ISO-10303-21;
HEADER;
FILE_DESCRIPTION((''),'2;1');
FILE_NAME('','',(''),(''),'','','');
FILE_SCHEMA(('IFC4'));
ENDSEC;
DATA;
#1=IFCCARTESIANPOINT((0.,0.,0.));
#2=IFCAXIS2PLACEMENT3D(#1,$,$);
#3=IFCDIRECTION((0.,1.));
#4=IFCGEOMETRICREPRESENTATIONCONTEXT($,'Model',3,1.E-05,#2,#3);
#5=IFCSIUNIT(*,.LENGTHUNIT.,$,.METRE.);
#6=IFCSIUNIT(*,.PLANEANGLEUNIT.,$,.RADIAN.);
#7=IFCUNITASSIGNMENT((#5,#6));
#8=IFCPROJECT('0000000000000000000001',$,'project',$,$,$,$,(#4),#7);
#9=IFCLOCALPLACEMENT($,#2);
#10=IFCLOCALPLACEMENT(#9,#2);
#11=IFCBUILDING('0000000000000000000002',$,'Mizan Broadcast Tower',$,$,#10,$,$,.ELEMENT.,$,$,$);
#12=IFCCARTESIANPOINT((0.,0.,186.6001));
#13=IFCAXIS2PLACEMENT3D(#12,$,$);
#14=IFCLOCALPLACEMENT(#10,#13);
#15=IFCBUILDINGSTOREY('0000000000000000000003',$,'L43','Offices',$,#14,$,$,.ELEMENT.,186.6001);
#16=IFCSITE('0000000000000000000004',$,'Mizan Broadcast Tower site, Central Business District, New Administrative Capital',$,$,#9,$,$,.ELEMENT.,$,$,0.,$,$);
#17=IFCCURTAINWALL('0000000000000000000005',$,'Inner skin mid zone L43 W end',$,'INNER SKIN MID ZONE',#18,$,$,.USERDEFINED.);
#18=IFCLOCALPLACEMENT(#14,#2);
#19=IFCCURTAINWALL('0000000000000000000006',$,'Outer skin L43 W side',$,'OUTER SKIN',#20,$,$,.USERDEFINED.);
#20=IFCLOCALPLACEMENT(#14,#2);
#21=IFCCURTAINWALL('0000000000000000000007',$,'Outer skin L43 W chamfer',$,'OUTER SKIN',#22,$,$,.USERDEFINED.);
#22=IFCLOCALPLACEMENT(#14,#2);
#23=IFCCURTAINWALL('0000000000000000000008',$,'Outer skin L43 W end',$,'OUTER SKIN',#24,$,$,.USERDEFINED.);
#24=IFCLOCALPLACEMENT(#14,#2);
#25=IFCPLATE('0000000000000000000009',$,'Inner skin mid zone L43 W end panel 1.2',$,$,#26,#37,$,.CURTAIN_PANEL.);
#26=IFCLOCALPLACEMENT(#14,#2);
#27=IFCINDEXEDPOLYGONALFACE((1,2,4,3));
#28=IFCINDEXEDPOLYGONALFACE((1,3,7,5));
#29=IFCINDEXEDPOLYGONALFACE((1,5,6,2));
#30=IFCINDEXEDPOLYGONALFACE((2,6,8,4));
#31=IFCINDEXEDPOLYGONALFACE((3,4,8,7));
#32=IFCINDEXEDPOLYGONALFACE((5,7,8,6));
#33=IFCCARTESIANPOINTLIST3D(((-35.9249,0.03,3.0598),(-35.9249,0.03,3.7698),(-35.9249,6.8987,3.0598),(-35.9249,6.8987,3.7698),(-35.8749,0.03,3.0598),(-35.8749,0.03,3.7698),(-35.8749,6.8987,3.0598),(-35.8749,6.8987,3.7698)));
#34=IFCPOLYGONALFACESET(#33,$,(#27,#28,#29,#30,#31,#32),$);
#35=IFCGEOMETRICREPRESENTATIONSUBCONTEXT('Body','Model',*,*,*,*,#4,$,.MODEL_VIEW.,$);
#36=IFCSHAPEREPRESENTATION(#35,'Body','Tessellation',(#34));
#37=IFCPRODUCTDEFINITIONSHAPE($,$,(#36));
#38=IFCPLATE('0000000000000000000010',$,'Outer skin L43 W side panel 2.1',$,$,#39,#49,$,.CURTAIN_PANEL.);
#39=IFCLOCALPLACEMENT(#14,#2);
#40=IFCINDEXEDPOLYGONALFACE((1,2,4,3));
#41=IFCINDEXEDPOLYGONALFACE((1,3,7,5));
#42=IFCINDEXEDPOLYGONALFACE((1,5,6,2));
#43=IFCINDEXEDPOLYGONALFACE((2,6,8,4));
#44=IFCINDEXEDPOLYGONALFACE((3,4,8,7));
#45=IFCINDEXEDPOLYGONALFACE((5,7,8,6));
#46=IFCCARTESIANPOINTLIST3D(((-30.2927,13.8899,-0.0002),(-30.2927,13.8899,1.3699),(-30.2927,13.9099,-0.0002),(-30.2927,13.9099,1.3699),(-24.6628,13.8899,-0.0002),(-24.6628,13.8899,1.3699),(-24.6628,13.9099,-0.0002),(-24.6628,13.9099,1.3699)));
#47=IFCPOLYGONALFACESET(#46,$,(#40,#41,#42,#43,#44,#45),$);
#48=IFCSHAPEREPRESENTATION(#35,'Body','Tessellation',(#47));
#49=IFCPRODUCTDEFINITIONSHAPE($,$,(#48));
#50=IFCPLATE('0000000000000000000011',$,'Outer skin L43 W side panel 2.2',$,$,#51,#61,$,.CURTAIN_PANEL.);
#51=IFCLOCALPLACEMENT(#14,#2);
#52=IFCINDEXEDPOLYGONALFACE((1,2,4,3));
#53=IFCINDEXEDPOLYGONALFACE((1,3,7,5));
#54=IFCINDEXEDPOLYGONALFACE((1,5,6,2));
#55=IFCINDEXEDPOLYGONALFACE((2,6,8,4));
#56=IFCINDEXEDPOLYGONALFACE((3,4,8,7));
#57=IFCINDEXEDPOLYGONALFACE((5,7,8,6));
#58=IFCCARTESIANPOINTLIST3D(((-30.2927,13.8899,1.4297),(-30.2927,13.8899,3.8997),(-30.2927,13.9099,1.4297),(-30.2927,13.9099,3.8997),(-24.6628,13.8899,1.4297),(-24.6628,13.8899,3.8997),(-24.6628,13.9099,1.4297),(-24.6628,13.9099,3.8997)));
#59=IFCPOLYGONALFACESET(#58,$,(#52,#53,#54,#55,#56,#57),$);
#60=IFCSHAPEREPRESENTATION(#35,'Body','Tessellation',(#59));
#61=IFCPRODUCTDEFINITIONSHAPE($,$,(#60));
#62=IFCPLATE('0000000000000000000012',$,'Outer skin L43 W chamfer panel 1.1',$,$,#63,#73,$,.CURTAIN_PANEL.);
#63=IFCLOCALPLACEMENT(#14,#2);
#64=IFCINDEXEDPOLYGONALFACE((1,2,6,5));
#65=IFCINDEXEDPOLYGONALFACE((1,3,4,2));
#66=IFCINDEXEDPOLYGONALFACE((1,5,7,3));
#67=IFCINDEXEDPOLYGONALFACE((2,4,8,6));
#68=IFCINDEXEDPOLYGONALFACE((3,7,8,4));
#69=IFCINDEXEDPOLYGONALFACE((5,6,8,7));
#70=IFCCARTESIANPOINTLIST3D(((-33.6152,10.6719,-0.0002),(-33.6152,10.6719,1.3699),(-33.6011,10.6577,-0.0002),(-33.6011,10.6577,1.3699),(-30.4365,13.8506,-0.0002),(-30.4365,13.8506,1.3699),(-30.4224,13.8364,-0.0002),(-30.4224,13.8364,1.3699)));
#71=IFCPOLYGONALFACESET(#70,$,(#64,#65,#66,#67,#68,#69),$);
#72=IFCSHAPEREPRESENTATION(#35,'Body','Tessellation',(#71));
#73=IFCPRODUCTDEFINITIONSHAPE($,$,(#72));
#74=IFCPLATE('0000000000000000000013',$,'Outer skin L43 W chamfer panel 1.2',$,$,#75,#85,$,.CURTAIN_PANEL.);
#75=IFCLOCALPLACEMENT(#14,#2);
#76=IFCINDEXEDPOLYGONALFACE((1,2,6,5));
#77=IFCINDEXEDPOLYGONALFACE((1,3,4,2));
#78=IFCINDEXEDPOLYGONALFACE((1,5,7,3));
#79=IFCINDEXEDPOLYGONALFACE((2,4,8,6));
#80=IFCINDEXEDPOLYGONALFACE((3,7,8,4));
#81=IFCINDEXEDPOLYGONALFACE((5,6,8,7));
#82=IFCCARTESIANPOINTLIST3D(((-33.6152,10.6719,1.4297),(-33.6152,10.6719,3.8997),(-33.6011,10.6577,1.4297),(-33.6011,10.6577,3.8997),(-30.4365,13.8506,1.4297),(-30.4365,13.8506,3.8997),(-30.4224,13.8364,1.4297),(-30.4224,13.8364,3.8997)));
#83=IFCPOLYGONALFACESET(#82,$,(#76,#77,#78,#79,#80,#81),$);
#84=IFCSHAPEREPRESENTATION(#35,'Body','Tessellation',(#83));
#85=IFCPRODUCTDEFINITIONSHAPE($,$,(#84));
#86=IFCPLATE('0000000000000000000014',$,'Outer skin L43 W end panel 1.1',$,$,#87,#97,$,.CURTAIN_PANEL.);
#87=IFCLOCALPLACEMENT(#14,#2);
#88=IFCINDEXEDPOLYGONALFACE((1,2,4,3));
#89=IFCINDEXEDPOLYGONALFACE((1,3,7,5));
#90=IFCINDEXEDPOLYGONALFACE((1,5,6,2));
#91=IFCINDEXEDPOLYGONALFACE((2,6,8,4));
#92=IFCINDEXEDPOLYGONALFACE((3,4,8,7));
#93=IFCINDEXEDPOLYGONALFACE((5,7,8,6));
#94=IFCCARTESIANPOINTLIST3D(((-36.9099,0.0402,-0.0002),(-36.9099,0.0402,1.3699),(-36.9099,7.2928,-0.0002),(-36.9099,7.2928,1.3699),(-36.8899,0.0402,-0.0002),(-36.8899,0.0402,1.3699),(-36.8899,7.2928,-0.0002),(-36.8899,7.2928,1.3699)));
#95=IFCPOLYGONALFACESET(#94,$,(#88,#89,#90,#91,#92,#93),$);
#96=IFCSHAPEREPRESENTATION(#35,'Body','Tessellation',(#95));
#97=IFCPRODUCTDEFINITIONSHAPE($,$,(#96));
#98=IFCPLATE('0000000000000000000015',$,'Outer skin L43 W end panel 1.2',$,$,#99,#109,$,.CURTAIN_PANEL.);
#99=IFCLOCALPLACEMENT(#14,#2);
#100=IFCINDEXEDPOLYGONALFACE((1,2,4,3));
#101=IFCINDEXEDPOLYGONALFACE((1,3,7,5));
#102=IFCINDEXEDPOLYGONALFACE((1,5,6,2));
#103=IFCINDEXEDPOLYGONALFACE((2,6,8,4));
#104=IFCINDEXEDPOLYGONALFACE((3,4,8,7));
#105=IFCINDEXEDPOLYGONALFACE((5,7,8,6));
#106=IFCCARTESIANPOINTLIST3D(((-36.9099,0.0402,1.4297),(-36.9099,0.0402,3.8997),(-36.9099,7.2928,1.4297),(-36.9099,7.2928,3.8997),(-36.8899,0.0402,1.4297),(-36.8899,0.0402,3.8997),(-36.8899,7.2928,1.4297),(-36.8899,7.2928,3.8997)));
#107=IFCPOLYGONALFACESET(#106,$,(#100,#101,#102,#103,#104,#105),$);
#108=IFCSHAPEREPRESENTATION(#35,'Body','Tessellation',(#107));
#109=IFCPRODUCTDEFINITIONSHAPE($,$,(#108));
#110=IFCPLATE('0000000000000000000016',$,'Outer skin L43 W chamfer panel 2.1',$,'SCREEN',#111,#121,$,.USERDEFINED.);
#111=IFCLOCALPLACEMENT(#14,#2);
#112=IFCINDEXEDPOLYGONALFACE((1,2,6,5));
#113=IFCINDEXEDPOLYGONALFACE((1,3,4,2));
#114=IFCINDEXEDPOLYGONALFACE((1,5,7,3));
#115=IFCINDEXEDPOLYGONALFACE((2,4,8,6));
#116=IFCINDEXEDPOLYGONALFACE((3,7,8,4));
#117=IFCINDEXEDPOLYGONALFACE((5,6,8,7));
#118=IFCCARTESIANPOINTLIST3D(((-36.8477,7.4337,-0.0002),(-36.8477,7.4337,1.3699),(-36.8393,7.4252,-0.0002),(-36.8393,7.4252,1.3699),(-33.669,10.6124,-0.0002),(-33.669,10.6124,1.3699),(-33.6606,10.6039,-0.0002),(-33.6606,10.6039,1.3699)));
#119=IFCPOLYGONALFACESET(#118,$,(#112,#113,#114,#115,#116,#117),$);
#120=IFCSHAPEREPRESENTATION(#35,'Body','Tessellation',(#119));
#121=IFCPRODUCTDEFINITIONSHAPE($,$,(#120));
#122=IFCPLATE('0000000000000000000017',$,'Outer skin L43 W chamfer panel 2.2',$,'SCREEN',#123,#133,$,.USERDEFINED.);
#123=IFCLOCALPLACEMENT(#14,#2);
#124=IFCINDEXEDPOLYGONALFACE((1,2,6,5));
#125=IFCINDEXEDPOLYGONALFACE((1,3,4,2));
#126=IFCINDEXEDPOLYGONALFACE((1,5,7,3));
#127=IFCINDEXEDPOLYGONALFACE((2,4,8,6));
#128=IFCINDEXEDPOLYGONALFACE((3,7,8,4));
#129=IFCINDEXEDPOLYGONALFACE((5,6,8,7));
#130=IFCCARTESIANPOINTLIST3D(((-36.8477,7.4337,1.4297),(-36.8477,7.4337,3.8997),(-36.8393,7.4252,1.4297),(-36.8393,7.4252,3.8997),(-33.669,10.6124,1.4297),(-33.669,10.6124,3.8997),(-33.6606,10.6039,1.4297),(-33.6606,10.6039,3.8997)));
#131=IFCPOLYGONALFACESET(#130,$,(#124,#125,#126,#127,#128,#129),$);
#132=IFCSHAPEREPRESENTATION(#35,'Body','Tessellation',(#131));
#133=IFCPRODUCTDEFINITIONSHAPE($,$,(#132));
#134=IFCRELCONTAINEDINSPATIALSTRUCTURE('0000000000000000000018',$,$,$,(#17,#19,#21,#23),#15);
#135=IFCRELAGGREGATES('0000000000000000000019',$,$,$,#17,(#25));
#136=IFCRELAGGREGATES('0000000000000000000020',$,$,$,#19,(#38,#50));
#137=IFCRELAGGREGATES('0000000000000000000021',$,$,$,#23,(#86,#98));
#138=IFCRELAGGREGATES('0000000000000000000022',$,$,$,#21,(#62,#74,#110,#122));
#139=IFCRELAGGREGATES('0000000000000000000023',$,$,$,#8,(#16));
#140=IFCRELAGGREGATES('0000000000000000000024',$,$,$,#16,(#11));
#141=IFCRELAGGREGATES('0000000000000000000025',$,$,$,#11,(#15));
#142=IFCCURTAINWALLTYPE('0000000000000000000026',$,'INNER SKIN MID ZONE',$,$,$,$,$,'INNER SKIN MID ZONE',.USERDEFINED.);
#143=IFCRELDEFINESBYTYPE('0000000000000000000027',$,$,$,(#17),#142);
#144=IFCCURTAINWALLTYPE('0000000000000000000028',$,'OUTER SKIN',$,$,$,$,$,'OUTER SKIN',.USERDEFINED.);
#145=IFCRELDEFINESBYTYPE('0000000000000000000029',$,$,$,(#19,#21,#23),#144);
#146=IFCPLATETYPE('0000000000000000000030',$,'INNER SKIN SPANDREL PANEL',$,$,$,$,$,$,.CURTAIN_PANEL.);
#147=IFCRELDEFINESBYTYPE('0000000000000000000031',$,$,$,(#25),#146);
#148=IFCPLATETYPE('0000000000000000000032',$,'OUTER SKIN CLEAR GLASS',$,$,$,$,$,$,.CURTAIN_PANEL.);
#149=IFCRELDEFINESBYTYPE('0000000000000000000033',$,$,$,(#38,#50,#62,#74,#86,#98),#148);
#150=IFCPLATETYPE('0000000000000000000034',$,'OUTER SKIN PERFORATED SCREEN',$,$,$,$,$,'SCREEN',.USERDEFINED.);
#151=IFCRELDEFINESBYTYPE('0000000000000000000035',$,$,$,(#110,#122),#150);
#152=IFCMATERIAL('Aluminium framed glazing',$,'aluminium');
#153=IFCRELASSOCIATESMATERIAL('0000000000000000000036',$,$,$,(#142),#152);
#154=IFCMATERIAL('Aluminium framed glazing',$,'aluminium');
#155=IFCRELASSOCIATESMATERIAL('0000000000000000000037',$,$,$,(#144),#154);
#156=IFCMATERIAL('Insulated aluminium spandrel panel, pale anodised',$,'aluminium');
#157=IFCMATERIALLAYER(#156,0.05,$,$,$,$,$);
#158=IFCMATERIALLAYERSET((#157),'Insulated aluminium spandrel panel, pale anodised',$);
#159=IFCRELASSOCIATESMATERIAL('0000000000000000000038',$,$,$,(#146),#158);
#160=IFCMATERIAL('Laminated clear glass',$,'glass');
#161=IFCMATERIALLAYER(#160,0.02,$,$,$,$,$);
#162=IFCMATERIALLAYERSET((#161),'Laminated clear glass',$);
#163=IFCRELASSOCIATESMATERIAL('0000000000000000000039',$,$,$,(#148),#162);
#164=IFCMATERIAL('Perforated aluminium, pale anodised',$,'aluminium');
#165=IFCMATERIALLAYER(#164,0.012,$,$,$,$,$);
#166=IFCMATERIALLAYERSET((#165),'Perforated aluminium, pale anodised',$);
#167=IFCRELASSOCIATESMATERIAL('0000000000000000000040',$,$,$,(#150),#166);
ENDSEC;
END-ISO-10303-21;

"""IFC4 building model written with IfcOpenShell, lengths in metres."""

from ifc_helpers import new_model, si_unit, direction, frame, origin, origin_2d, place, context, subcontext, project, spatial, rectangle, extrude, material, layer, layer_set, type_object, element, aggregate, save


model = new_model("IFC4")

# Units and contexts
model_context = context("Model", 3, precision=1e-05, world=origin(), true_north=direction((0.0, 1.0)))
body_context = subcontext(model_context, "Body", "Model", "MODEL_VIEW")
ifc_project = project(units=[si_unit("LENGTHUNIT", "METRE"), si_unit("PLANEANGLEUNIT", "RADIAN")], contexts=[model_context])

# Site, building, storey
site_placement = place(None, origin())
site = spatial("IfcSite", under=ifc_project, at=site_placement, Name="Mizan Broadcast Tower site, Central Business District, New Administrative Capital", CompositionType="ELEMENT", RefElevation=0.0)
building_placement = place(site_placement, origin())
building = spatial("IfcBuilding", under=site, at=building_placement, Name="Mizan Broadcast Tower", CompositionType="ELEMENT")
storey_placement = place(building_placement, frame((0.0, 0.0, 186.6001)))
storey = spatial("IfcBuildingStorey", under=building, at=storey_placement, Name="L43", Description="Offices", CompositionType="ELEMENT", Elevation=186.6001)

# Shared definitions
ifc_material_1 = material(Name="Aluminium framed glazing", Category="aluminium")
curtain_wall_type_1 = type_object("IfcCurtainWallType", Name="INNER SKIN MID ZONE", ElementType="INNER SKIN MID ZONE", PredefinedType="USERDEFINED", material=ifc_material_1)

# Curtain walls
curtain_wall_1_placement = place(storey_placement, origin())
curtain_wall_1 = element("IfcCurtainWall", 1, at=curtain_wall_1_placement, inside=storey, type_object=curtain_wall_type_1, Name="Inner skin mid zone L43 W end", ObjectType="INNER SKIN MID ZONE", PredefinedType="USERDEFINED")
ifc_material_2 = material(Name="Aluminium framed glazing", Category="aluminium")
curtain_wall_type_2 = type_object("IfcCurtainWallType", Name="OUTER SKIN", ElementType="OUTER SKIN", PredefinedType="USERDEFINED", material=ifc_material_2)
curtain_wall_2_placement = place(storey_placement, origin())
curtain_wall_2 = element("IfcCurtainWall", 2, at=curtain_wall_2_placement, inside=storey, type_object=curtain_wall_type_2, Name="Outer skin L43 W side", ObjectType="OUTER SKIN", PredefinedType="USERDEFINED")

# Curtain wall
curtain_wall_3_placement = place(storey_placement, origin())
curtain_wall_3 = element("IfcCurtainWall", 3, at=curtain_wall_3_placement, inside=storey, type_object=curtain_wall_type_2, Name="Outer skin L43 W chamfer", ObjectType="OUTER SKIN", PredefinedType="USERDEFINED")

# Curtain wall
curtain_wall_4_placement = place(storey_placement, origin())
curtain_wall_4 = element("IfcCurtainWall", 4, at=curtain_wall_4_placement, inside=storey, type_object=curtain_wall_type_2, Name="Outer skin L43 W end", ObjectType="OUTER SKIN", PredefinedType="USERDEFINED")

# Plates
ifc_material_3 = material(Name="Insulated aluminium spandrel panel, pale anodised", Category="aluminium")
ifc_layer_1 = layer(ifc_material_3, 0.05)
ifc_layer_set_1 = layer_set([ifc_layer_1], Name="Insulated aluminium spandrel panel, pale anodised")
plate_type_1 = type_object("IfcPlateType", Name="INNER SKIN SPANDREL PANEL", PredefinedType="CURTAIN_PANEL", material=ifc_layer_set_1)
plate_1_placement = place(storey_placement, frame((-35.8999, 3.4644, 3.0598), z_axis=(0.0, 0.0, 1.0), x_axis=(0.0, -1.0, 0.0)))
plate_1 = element("IfcPlate", 5, at=plate_1_placement, type_object=plate_type_1, Name="Inner skin mid zone L43 W end panel 1.2", PredefinedType="CURTAIN_PANEL", context=body_context, shape_type="SweptSolid", body=[
    extrude(rectangle(XDim=6.8687, YDim=0.05, at=origin_2d()), origin(), (0.0, 0.0, 1.0), 0.71),
])
aggregate(curtain_wall_1, [plate_1])
ifc_material_4 = material(Name="Laminated clear glass", Category="glass")
ifc_layer_2 = layer(ifc_material_4, 0.02)
ifc_layer_set_2 = layer_set([ifc_layer_2], Name="Laminated clear glass")
plate_type_2 = type_object("IfcPlateType", Name="OUTER SKIN CLEAR GLASS", PredefinedType="CURTAIN_PANEL", material=ifc_layer_set_2)
plate_2_placement = place(storey_placement, frame((-27.4778, 13.8999, -0.0002), z_axis=(0.0, 0.0, 1.0), x_axis=(-1.0, 0.0, 0.0)))
plate_2 = element("IfcPlate", 6, at=plate_2_placement, type_object=plate_type_2, Name="Outer skin L43 W side panel 2.1", PredefinedType="CURTAIN_PANEL", context=body_context, shape_type="SweptSolid", body=[
    extrude(rectangle(XDim=5.6299, YDim=0.02, at=origin_2d()), origin(), (0.0, 0.0, 1.0), 1.3701),
])
plate_3_placement = place(storey_placement, frame((-27.4778, 13.8999, 1.4297), z_axis=(0.0, 0.0, 1.0), x_axis=(-1.0, 0.0, 0.0)))
plate_3 = element("IfcPlate", 7, at=plate_3_placement, type_object=plate_type_2, Name="Outer skin L43 W side panel 2.2", PredefinedType="CURTAIN_PANEL", context=body_context, shape_type="SweptSolid", body=[
    extrude(rectangle(XDim=5.6299, YDim=0.02, at=origin_2d()), origin(), (0.0, 0.0, 1.0), 2.47),
])
aggregate(curtain_wall_2, [plate_2, plate_3])
plate_4_placement = place(storey_placement, frame((-32.0188, 12.2542, -0.0002), z_axis=(0.0, 0.0, 1.0), x_axis=(-0.707107, -0.707107, 0.0)))
plate_4 = element("IfcPlate", 8, at=plate_4_placement, type_object=plate_type_2, Name="Outer skin L43 W chamfer panel 1.1", PredefinedType="CURTAIN_PANEL", context=body_context, shape_type="SweptSolid", body=[
    extrude(rectangle(XDim=4.4954, YDim=0.02, at=origin_2d()), origin(), (0.0, 0.0, 1.0), 1.3701),
])
plate_5_placement = place(storey_placement, frame((-32.0188, 12.2542, 1.4297), z_axis=(0.0, 0.0, 1.0), x_axis=(-0.707107, -0.707107, 0.0)))
plate_5 = element("IfcPlate", 9, at=plate_5_placement, type_object=plate_type_2, Name="Outer skin L43 W chamfer panel 1.2", PredefinedType="CURTAIN_PANEL", context=body_context, shape_type="SweptSolid", body=[
    extrude(rectangle(XDim=4.4954, YDim=0.02, at=origin_2d()), origin(), (0.0, 0.0, 1.0), 2.47),
])
plate_6_placement = place(storey_placement, frame((-36.8999, 3.6665, -0.0002), z_axis=(0.0, 0.0, 1.0), x_axis=(0.0, -1.0, 0.0)))
plate_6 = element("IfcPlate", 10, at=plate_6_placement, type_object=plate_type_2, Name="Outer skin L43 W end panel 1.1", PredefinedType="CURTAIN_PANEL", context=body_context, shape_type="SweptSolid", body=[
    extrude(rectangle(XDim=7.2527, YDim=0.02, at=origin_2d()), origin(), (0.0, 0.0, 1.0), 1.3701),
])
plate_7_placement = place(storey_placement, frame((-36.8999, 3.6665, 1.4297), z_axis=(0.0, 0.0, 1.0), x_axis=(0.0, -1.0, 0.0)))
plate_7 = element("IfcPlate", 11, at=plate_7_placement, type_object=plate_type_2, Name="Outer skin L43 W end panel 1.2", PredefinedType="CURTAIN_PANEL", context=body_context, shape_type="SweptSolid", body=[
    extrude(rectangle(XDim=7.2527, YDim=0.02, at=origin_2d()), origin(), (0.0, 0.0, 1.0), 2.47),
])
aggregate(curtain_wall_4, [plate_6, plate_7])
ifc_material_5 = material(Name="Perforated aluminium, pale anodised", Category="aluminium")
ifc_layer_3 = layer(ifc_material_5, 0.012)
ifc_layer_set_3 = layer_set([ifc_layer_3], Name="Perforated aluminium, pale anodised")
plate_type_3 = type_object("IfcPlateType", Name="OUTER SKIN PERFORATED SCREEN", ElementType="SCREEN", PredefinedType="USERDEFINED", material=ifc_layer_set_3)
plate_8_placement = place(storey_placement, frame((-35.2542, 9.0188, -0.0002), z_axis=(0.0, 0.0, 1.0), x_axis=(-0.707107, -0.707107, 0.0)))
plate_8 = element("IfcPlate", 12, at=plate_8_placement, type_object=plate_type_3, Name="Outer skin L43 W chamfer panel 2.1", ObjectType="SCREEN", PredefinedType="USERDEFINED", context=body_context, shape_type="SweptSolid", body=[
    extrude(rectangle(XDim=4.4954, YDim=0.012, at=origin_2d()), origin(), (0.0, 0.0, 1.0), 1.3701),
])
plate_9_placement = place(storey_placement, frame((-35.2542, 9.0188, 1.4297), z_axis=(0.0, 0.0, 1.0), x_axis=(-0.707107, -0.707107, 0.0)))
plate_9 = element("IfcPlate", 13, at=plate_9_placement, type_object=plate_type_3, Name="Outer skin L43 W chamfer panel 2.2", ObjectType="SCREEN", PredefinedType="USERDEFINED", context=body_context, shape_type="SweptSolid", body=[
    extrude(rectangle(XDim=4.4954, YDim=0.012, at=origin_2d()), origin(), (0.0, 0.0, 1.0), 2.47),
])
aggregate(curtain_wall_3, [plate_4, plate_5, plate_8, plate_9])

save(model, "model.ifc")
